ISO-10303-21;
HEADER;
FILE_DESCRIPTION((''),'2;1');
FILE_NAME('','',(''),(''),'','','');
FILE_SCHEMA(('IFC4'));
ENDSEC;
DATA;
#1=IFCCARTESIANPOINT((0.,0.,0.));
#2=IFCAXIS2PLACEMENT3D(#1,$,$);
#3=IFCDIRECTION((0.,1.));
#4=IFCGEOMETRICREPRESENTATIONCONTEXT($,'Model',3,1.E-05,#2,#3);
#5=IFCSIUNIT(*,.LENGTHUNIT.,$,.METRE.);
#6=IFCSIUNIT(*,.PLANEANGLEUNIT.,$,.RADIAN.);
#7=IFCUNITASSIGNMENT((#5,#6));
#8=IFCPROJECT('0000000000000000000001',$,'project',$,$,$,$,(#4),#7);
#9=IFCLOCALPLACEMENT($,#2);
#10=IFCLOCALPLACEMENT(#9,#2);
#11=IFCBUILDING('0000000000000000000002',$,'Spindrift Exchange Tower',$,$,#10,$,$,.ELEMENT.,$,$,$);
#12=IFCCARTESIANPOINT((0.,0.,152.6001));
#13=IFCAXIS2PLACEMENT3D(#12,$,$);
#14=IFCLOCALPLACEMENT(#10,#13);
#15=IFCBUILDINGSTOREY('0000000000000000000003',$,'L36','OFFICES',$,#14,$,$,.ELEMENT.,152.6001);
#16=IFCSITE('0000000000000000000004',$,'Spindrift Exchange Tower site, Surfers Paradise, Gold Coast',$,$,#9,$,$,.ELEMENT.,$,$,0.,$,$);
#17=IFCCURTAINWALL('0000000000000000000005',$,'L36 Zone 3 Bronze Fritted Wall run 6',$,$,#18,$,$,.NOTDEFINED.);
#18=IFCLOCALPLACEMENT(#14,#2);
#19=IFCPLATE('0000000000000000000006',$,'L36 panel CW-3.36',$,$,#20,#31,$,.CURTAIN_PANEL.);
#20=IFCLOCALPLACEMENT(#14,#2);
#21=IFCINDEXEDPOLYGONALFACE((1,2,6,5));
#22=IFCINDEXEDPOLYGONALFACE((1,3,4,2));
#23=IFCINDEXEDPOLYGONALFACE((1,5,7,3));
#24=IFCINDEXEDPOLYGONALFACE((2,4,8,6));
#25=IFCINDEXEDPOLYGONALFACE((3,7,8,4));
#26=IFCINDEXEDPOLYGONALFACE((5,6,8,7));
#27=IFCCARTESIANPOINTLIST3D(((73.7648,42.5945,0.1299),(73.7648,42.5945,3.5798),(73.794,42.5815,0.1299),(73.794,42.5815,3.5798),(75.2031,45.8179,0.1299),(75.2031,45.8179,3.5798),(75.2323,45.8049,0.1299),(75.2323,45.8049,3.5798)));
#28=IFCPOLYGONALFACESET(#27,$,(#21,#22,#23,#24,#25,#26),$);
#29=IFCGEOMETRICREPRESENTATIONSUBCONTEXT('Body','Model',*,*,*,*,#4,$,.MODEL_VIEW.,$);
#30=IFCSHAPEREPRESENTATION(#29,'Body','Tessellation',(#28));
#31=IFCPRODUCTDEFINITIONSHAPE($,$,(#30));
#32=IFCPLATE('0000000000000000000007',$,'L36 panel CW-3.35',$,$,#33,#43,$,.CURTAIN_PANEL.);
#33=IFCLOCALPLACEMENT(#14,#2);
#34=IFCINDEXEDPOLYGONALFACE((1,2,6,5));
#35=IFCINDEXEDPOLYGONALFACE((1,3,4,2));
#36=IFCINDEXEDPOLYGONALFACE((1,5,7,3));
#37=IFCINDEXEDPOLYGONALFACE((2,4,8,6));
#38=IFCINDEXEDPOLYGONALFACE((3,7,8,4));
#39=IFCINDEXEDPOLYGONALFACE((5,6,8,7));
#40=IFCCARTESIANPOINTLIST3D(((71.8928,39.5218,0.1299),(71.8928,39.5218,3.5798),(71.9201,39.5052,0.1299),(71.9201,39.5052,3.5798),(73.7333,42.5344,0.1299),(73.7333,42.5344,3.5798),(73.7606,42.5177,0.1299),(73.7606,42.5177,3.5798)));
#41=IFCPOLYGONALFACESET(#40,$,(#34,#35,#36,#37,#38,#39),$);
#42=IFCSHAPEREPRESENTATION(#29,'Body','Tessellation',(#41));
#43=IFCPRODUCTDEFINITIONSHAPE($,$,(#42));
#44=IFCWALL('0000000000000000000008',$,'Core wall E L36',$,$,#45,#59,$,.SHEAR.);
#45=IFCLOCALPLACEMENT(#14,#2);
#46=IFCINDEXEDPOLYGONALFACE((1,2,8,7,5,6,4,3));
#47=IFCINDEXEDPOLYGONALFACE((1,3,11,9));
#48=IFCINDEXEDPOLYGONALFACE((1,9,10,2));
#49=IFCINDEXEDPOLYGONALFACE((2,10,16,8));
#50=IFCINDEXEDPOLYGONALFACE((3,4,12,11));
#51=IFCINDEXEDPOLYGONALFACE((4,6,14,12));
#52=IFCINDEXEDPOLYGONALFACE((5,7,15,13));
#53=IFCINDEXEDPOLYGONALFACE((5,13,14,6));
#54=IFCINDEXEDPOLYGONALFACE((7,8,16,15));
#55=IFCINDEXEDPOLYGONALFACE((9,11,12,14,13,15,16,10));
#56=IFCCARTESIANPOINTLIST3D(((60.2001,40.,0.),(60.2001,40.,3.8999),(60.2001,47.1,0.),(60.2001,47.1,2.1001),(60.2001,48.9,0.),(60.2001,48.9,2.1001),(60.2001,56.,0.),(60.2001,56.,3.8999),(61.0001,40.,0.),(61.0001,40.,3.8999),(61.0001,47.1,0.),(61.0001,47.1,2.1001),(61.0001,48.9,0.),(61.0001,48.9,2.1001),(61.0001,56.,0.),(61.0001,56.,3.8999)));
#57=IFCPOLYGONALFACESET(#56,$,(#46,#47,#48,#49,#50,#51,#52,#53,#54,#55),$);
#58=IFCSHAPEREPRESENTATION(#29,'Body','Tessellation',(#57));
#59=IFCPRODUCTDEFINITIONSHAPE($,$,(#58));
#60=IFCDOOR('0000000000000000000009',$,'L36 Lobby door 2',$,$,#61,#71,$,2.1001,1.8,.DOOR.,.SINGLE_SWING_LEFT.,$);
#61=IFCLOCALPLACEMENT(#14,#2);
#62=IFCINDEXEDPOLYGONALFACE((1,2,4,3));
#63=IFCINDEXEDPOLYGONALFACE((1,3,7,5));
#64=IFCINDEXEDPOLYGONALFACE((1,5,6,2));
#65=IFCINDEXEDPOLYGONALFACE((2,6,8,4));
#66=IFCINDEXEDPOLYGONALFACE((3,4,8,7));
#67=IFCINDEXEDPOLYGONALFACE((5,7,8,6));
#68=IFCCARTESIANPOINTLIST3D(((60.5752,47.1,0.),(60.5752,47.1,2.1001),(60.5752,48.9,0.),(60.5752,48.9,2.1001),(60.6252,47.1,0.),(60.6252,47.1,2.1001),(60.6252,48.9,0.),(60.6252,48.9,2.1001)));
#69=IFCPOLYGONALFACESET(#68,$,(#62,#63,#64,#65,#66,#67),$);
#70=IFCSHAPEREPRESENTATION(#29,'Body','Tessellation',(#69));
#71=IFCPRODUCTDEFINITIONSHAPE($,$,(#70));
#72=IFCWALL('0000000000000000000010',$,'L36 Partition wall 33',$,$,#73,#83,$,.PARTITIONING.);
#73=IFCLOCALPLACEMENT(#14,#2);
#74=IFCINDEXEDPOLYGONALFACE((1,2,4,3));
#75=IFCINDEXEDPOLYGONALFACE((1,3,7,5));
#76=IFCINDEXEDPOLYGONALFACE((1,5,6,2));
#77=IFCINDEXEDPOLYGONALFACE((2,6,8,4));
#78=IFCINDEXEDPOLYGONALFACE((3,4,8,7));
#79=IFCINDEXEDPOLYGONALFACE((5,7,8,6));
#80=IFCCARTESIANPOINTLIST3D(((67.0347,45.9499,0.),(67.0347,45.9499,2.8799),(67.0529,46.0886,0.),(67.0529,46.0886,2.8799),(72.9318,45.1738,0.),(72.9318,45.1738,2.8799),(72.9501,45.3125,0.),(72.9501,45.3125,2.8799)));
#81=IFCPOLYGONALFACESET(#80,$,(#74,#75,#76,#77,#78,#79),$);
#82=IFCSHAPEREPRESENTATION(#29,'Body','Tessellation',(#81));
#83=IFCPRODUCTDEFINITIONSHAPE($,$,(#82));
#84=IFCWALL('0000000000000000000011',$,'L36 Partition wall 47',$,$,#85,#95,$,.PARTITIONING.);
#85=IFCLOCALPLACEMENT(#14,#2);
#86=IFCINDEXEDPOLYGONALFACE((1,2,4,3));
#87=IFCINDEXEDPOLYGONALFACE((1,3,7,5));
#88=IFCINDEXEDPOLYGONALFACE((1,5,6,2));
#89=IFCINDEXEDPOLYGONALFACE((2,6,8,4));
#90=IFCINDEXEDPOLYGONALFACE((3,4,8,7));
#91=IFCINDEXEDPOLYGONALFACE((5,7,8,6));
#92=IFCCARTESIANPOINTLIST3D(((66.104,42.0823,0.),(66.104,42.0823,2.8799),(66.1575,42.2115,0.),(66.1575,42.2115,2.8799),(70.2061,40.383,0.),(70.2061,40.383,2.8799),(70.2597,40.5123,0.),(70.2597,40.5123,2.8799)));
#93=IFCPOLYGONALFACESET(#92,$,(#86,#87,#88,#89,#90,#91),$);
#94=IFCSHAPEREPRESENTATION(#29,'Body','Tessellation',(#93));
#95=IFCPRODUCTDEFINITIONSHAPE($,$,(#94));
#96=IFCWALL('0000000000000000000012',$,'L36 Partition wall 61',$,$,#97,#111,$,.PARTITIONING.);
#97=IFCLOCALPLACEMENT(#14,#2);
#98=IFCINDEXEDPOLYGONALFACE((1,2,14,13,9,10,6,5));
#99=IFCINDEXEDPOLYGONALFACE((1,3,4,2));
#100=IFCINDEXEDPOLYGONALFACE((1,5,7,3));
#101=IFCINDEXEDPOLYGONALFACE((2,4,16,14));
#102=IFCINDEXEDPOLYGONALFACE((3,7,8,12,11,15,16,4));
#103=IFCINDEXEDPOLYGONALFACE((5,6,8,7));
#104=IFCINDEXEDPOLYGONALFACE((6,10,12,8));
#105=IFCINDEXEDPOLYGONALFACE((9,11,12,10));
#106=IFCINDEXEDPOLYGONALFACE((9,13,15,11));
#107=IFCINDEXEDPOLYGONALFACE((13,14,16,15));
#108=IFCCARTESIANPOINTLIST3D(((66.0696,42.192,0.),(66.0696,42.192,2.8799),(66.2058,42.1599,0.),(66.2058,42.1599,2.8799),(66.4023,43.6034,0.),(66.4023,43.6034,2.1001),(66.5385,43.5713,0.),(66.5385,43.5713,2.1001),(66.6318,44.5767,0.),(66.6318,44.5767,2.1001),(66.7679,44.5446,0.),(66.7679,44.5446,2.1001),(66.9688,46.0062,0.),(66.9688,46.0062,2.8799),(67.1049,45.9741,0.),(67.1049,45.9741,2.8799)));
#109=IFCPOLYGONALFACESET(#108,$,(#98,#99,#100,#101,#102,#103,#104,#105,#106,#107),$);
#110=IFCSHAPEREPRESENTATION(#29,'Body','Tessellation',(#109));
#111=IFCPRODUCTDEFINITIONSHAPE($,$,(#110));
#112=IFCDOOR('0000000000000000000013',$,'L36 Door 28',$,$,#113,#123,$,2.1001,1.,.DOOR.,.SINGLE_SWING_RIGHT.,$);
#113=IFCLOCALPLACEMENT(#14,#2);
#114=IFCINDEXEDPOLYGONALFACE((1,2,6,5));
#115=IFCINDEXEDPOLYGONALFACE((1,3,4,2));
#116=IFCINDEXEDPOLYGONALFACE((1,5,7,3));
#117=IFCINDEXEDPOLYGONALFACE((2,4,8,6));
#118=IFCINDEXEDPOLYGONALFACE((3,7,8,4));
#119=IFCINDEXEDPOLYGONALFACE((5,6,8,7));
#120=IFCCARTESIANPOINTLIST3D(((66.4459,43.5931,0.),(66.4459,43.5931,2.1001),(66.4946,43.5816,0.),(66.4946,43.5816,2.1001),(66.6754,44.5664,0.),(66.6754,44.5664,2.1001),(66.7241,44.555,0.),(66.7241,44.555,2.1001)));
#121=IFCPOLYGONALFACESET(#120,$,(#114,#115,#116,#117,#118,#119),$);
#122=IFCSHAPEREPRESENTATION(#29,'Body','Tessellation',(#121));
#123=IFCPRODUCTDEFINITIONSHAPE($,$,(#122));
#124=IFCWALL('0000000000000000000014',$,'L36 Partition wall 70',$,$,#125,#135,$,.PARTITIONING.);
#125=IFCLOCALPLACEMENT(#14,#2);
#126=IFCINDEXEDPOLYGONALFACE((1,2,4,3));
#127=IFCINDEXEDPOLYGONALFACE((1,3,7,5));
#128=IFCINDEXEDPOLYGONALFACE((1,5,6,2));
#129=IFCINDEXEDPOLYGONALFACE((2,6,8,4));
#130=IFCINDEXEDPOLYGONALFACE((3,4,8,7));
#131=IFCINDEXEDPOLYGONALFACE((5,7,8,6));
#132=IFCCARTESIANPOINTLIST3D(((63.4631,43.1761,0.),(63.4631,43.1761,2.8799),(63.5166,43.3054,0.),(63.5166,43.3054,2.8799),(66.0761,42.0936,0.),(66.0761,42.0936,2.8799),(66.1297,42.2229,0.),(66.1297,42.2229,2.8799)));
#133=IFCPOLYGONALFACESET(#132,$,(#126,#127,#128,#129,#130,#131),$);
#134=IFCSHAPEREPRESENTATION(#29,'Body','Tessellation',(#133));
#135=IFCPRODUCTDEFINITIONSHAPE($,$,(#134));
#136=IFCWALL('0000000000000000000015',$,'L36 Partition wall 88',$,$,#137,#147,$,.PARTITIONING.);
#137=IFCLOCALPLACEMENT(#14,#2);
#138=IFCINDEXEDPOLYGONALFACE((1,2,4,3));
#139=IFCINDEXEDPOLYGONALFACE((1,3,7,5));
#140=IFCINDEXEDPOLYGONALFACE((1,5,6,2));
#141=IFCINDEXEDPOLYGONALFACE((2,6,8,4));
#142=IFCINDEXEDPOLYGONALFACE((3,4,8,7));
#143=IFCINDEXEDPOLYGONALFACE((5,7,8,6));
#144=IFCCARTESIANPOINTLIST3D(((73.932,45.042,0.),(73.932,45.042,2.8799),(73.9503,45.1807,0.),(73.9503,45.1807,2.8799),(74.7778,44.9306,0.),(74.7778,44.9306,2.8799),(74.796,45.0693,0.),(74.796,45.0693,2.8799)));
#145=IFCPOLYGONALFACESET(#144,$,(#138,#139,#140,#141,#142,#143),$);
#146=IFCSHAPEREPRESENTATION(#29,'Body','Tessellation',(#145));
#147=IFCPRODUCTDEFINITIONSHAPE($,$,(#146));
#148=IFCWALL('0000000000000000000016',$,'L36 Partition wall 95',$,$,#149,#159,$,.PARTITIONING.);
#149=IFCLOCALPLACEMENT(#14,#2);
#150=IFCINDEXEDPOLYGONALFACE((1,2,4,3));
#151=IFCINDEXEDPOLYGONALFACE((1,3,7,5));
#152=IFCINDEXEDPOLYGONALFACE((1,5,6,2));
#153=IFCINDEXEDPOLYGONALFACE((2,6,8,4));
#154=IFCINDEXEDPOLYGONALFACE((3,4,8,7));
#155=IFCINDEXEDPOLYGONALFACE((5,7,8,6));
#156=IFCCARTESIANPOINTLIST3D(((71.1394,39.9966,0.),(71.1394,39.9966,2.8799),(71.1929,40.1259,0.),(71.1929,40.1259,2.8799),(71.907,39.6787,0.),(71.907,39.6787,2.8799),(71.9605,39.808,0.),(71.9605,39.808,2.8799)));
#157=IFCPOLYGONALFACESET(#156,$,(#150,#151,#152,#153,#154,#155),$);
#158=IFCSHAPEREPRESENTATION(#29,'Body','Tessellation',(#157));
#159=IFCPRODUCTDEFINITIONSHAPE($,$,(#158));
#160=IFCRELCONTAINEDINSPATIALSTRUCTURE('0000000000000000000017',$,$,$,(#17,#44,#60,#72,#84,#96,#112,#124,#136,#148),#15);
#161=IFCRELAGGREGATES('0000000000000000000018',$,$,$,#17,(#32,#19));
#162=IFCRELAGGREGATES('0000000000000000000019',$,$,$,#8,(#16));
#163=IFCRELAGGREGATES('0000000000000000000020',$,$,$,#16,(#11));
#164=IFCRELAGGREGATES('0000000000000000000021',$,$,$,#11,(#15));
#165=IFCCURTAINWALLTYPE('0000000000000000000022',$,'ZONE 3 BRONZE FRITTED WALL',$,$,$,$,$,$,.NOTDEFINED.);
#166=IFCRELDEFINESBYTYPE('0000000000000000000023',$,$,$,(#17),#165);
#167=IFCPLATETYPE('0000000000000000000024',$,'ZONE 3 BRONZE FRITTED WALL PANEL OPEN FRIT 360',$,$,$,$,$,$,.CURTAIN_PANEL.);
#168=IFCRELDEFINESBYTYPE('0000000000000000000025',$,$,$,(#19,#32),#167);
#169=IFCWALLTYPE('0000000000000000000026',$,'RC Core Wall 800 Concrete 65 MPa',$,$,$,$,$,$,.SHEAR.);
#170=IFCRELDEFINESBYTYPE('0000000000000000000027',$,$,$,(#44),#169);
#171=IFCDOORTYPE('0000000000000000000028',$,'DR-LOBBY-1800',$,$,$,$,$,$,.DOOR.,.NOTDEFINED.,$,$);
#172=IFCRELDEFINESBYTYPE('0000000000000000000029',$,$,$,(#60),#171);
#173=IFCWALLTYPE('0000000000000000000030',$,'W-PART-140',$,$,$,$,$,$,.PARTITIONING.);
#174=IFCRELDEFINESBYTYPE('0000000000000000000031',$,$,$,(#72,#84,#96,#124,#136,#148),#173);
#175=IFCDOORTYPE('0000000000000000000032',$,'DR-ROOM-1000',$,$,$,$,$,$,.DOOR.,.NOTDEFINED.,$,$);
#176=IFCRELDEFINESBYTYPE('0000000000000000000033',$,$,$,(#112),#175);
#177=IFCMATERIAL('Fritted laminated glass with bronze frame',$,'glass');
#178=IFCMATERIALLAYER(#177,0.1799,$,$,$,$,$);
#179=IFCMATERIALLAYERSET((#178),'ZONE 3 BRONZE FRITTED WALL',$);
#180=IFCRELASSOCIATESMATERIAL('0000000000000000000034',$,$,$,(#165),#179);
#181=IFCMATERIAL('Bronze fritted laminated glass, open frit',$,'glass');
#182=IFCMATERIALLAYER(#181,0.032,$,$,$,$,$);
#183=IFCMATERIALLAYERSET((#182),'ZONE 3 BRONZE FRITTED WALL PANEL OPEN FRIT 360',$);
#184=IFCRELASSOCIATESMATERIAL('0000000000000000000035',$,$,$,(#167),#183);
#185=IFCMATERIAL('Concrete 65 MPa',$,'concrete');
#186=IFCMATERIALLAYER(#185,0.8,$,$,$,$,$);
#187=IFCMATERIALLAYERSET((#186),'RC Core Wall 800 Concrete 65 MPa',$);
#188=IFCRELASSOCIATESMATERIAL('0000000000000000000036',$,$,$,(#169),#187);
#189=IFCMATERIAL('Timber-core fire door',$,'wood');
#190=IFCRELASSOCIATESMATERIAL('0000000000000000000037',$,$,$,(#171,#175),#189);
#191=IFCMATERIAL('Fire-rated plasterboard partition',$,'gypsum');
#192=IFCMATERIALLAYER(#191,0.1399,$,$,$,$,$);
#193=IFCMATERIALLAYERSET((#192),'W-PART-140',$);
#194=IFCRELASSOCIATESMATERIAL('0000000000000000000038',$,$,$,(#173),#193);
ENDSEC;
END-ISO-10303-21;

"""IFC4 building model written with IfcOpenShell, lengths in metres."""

from ifc_helpers import new_model, si_unit, direction, frame, frame_2d, origin, origin_2d, place, context, subcontext, project, spatial, rectangle, extrude, source, transform, mapped, material, layer, layer_set, type_object, element, fill, aggregate, save


model = new_model("IFC4")

# Units and contexts
model_context = context("Model", 3, precision=1e-05, world=origin(), true_north=direction((0.0, 1.0)))
body_context = subcontext(model_context, "Body", "Model", "MODEL_VIEW")
ifc_project = project(units=[si_unit("LENGTHUNIT", "METRE"), si_unit("PLANEANGLEUNIT", "RADIAN")], contexts=[model_context])

# Site, building, storey
site_placement = place(None, origin())
site = spatial("IfcSite", under=ifc_project, at=site_placement, Name="Spindrift Exchange Tower site, Surfers Paradise, Gold Coast", CompositionType="ELEMENT", RefElevation=0.0)
building_placement = place(site_placement, origin())
building = spatial("IfcBuilding", under=site, at=building_placement, Name="Spindrift Exchange Tower", CompositionType="ELEMENT")
storey_placement = place(building_placement, frame((0.0, 0.0, 152.6001)))
storey = spatial("IfcBuildingStorey", under=building, at=storey_placement, Name="L36", Description="OFFICES", CompositionType="ELEMENT", Elevation=152.6001)

# Curtain wall
ifc_material_1 = material(Name="Fritted laminated glass with bronze frame", Category="glass")
ifc_layer_1 = layer(ifc_material_1, 0.1799)
ifc_layer_set_1 = layer_set([ifc_layer_1], Name="ZONE 3 BRONZE FRITTED WALL")
curtain_wall_type = type_object("IfcCurtainWallType", Name="ZONE 3 BRONZE FRITTED WALL", PredefinedType="NOTDEFINED", material=ifc_layer_set_1)
curtain_wall_1_placement = place(storey_placement, origin())
curtain_wall_1 = element("IfcCurtainWall", 1, at=curtain_wall_1_placement, inside=storey, type_object=curtain_wall_type, Name="L36 Zone 3 Bronze Fritted Wall run 6", PredefinedType="NOTDEFINED")

# Plates
ifc_material_2 = material(Name="Bronze fritted laminated glass, open frit", Category="glass")
ifc_layer_2 = layer(ifc_material_2, 0.032)
ifc_layer_set_2 = layer_set([ifc_layer_2], Name="ZONE 3 BRONZE FRITTED WALL PANEL OPEN FRIT 360")
plate_type = type_object("IfcPlateType", Name="ZONE 3 BRONZE FRITTED WALL PANEL OPEN FRIT 360", PredefinedType="CURTAIN_PANEL", material=ifc_layer_set_2)
shared_shape_1 = source(origin(), body_context, "Body", "SweptSolid", [
    extrude(rectangle(XDim=3.5298, YDim=0.032, at=origin_2d()), origin(), (0.0, 0.0, 1.0), 3.45),
])
plate_1_placement = place(storey_placement, frame((74.4985, 44.1997, 0.1299), z_axis=(0.0, 0.0, 1.0), x_axis=(0.407491, 0.913209, 0.0)))
plate_1 = element("IfcPlate", 2, at=plate_1_placement, type_object=plate_type, Name="L36 panel CW-3.36", PredefinedType="CURTAIN_PANEL", context=body_context, shape_type="MappedRepresentation", body=[
    mapped(shared_shape_1, transform((0.0, 0.0, 0.0), scale=1.0)),
])
shared_shape_2 = source(origin(), body_context, "Body", "SweptSolid", [
    extrude(rectangle(XDim=3.5303, YDim=0.032, at=origin_2d()), origin(), (0.0, 0.0, 1.0), 3.45),
])
plate_2_placement = place(storey_placement, frame((72.8267, 41.0198, 0.1299), z_axis=(0.0, 0.0, 1.0), x_axis=(0.521345, 0.853346, 0.0)))
plate_2 = element("IfcPlate", 3, at=plate_2_placement, type_object=plate_type, Name="L36 panel CW-3.35", PredefinedType="CURTAIN_PANEL", context=body_context, shape_type="MappedRepresentation", body=[
    mapped(shared_shape_2, transform((0.0, 0.0, 0.0), scale=1.0)),
])
aggregate(curtain_wall_1, [plate_2, plate_1])

# Wall, opening, door
ifc_material_3 = material(Name="Concrete 65 MPa", Category="concrete")
ifc_layer_3 = layer(ifc_material_3, 0.8)
ifc_layer_set_3 = layer_set([ifc_layer_3], Name="RC Core Wall 800 Concrete 65 MPa")
wall_type_1 = type_object("IfcWallType", Name="RC Core Wall 800 Concrete 65 MPa", PredefinedType="SHEAR", material=ifc_layer_set_3)
wall_1_placement = place(storey_placement, frame((60.6001, 40.0, 0.0), z_axis=(0.0, 0.0, 1.0), x_axis=(0.0, 1.0, 0.0)))
wall_1 = element("IfcWall", 4, at=wall_1_placement, inside=storey, type_object=wall_type_1, Name="Core wall E L36", PredefinedType="SHEAR", context=body_context, shape_type="SweptSolid", body=[
    extrude(rectangle(XDim=16.0, YDim=0.8, at=frame_2d((8.0, 0.0))), origin(), (0.0, 0.0, 1.0), 3.8999),
])
opening_1_placement = place(wall_1_placement, frame((7.1001, 0.0, 0.0)))
opening_1 = element("IfcOpeningElement", 5, at=opening_1_placement, cuts=wall_1, PredefinedType="OPENING", context=body_context, shape_type="SweptSolid", body=[
    extrude(rectangle(XDim=1.8, YDim=2.1001, at=frame_2d((0.8999, 1.05))), frame((0.0, 0.4099, 0.0), z_axis=(0.0, -1.0, 0.0), x_axis=(1.0, 0.0, 0.0)), (0.0, 0.0, 1.0), 0.8201),
])
ifc_material_4 = material(Name="Timber-core fire door", Category="wood")
door_type_1 = type_object("IfcDoorType", Name="DR-LOBBY-1800", OperationType="NOTDEFINED", PredefinedType="DOOR", material=ifc_material_4)
shared_shape_3 = source(origin(), body_context, "Body", "SweptSolid", [
    extrude(rectangle(XDim=1.8, YDim=2.1001, at=frame_2d((0.8999, 1.05))), frame((0.0, 0.0249, 0.0), z_axis=(0.0, -1.0, 0.0), x_axis=(1.0, 0.0, 0.0)), (0.0, 0.0, 1.0), 0.05),
])
door_1_placement = place(opening_1_placement, origin())
door_1 = element("IfcDoor", 6, at=door_1_placement, inside=storey, type_object=door_type_1, Name="L36 Lobby door 2", OperationType="SINGLE_SWING_LEFT", OverallHeight=2.1001, OverallWidth=1.8, PredefinedType="DOOR", context=body_context, shape_type="MappedRepresentation", body=[
    mapped(shared_shape_3, transform((0.0, 0.0, 0.0), scale=1.0)),
])
fill(opening_1, door_1)

# Walls
ifc_material_5 = material(Name="Fire-rated plasterboard partition", Category="gypsum")
ifc_layer_4 = layer(ifc_material_5, 0.1399)
ifc_layer_set_4 = layer_set([ifc_layer_4], Name="W-PART-140")
wall_type_2 = type_object("IfcWallType", Name="W-PART-140", PredefinedType="PARTITIONING", material=ifc_layer_set_4)
wall_2_placement = place(storey_placement, frame((67.0437, 46.0193, 0.0), z_axis=(0.0, 0.0, 1.0), x_axis=(0.991451, -0.130483, 0.0)))
element("IfcWall", 7, at=wall_2_placement, inside=storey, type_object=wall_type_2, Name="L36 Partition wall 33", PredefinedType="PARTITIONING", context=body_context, shape_type="SweptSolid", body=[
    extrude(rectangle(XDim=5.948, YDim=0.1399, at=frame_2d((2.9741, 0.0))), origin(), (0.0, 0.0, 1.0), 2.8799),
])
wall_3_placement = place(storey_placement, frame((66.1306, 42.147, 0.0), z_axis=(0.0, 0.0, 1.0), x_axis=(0.923872, -0.382701, 0.0)))
element("IfcWall", 8, at=wall_3_placement, inside=storey, type_object=wall_type_2, Name="L36 Partition wall 47", PredefinedType="PARTITIONING", context=body_context, shape_type="SweptSolid", body=[
    extrude(rectangle(XDim=4.4402, YDim=0.1399, at=frame_2d((2.2202, 0.0))), origin(), (0.0, 0.0, 1.0), 2.8799),
])

# Wall, opening, door
wall_4_placement = place(storey_placement, frame((67.0369, 45.9902, 0.0), z_axis=(0.0, 0.0, 1.0), x_axis=(-0.229453, -0.97332, 0.0)))
wall_4 = element("IfcWall", 9, at=wall_4_placement, inside=storey, type_object=wall_type_2, Name="L36 Partition wall 61", PredefinedType="PARTITIONING", context=body_context, shape_type="SweptSolid", body=[
    extrude(rectangle(XDim=3.9187, YDim=0.1399, at=frame_2d((1.9595, 0.0))), origin(), (0.0, 0.0, 1.0), 2.8799),
])
opening_2_placement = place(wall_4_placement, frame((1.4688, 0.0, 0.0)))
opening_2 = element("IfcOpeningElement", 10, at=opening_2_placement, cuts=wall_4, PredefinedType="OPENING", context=body_context, shape_type="SweptSolid", body=[
    extrude(rectangle(XDim=1.0, YDim=2.1001, at=frame_2d((0.5, 1.05))), frame((0.0, 0.0798, 0.0), z_axis=(0.0, -1.0, 0.0), x_axis=(1.0, 0.0, 0.0)), (0.0, 0.0, 1.0), 0.1599),
])
door_type_2 = type_object("IfcDoorType", Name="DR-ROOM-1000", OperationType="NOTDEFINED", PredefinedType="DOOR", material=ifc_material_4)
shared_shape_4 = source(origin(), body_context, "Body", "SweptSolid", [
    extrude(rectangle(XDim=1.0, YDim=2.1001, at=frame_2d((0.5, 1.05))), frame((0.0, 0.0249, 0.0), z_axis=(0.0, -1.0, 0.0), x_axis=(1.0, 0.0, 0.0)), (0.0, 0.0, 1.0), 0.05),
])
door_2_placement = place(opening_2_placement, origin())
door_2 = element("IfcDoor", 11, at=door_2_placement, inside=storey, type_object=door_type_2, Name="L36 Door 28", OperationType="SINGLE_SWING_RIGHT", OverallHeight=2.1001, OverallWidth=1.0, PredefinedType="DOOR", context=body_context, shape_type="MappedRepresentation", body=[
    mapped(shared_shape_4, transform((0.0, 0.0, 0.0), scale=1.0)),
])
fill(opening_2, door_2)

# Walls
wall_5_placement = place(storey_placement, frame((63.49, 43.2407, 0.0), z_axis=(0.0, 0.0, 1.0), x_axis=(0.923859, -0.382733, 0.0)))
element("IfcWall", 12, at=wall_5_placement, inside=storey, type_object=wall_type_2, Name="L36 Partition wall 70", PredefinedType="PARTITIONING", context=body_context, shape_type="SweptSolid", body=[
    extrude(rectangle(XDim=2.8284, YDim=0.1399, at=frame_2d((1.4141, 0.0))), origin(), (0.0, 0.0, 1.0), 2.8799),
])
wall_6_placement = place(storey_placement, frame((73.9412, 45.1113, 0.0), z_axis=(0.0, 0.0, 1.0), x_axis=(0.991447, -0.130514, 0.0)))
element("IfcWall", 13, at=wall_6_placement, inside=storey, type_object=wall_type_2, Name="L36 Partition wall 88", PredefinedType="PARTITIONING", context=body_context, shape_type="SweptSolid", body=[
    extrude(rectangle(XDim=0.853, YDim=0.1399, at=frame_2d((0.4265, 0.0))), origin(), (0.0, 0.0, 1.0), 2.8799),
])
wall_7_placement = place(storey_placement, frame((71.166, 40.0613, 0.0), z_axis=(0.0, 0.0, 1.0), x_axis=(0.923909, -0.382611, 0.0)))
element("IfcWall", 14, at=wall_7_placement, inside=storey, type_object=wall_type_2, Name="L36 Partition wall 95", PredefinedType="PARTITIONING", context=body_context, shape_type="SweptSolid", body=[
    extrude(rectangle(XDim=0.8308, YDim=0.1399, at=frame_2d((0.4155, 0.0))), origin(), (0.0, 0.0, 1.0), 2.8799),
])

save(model, "model.ifc")
